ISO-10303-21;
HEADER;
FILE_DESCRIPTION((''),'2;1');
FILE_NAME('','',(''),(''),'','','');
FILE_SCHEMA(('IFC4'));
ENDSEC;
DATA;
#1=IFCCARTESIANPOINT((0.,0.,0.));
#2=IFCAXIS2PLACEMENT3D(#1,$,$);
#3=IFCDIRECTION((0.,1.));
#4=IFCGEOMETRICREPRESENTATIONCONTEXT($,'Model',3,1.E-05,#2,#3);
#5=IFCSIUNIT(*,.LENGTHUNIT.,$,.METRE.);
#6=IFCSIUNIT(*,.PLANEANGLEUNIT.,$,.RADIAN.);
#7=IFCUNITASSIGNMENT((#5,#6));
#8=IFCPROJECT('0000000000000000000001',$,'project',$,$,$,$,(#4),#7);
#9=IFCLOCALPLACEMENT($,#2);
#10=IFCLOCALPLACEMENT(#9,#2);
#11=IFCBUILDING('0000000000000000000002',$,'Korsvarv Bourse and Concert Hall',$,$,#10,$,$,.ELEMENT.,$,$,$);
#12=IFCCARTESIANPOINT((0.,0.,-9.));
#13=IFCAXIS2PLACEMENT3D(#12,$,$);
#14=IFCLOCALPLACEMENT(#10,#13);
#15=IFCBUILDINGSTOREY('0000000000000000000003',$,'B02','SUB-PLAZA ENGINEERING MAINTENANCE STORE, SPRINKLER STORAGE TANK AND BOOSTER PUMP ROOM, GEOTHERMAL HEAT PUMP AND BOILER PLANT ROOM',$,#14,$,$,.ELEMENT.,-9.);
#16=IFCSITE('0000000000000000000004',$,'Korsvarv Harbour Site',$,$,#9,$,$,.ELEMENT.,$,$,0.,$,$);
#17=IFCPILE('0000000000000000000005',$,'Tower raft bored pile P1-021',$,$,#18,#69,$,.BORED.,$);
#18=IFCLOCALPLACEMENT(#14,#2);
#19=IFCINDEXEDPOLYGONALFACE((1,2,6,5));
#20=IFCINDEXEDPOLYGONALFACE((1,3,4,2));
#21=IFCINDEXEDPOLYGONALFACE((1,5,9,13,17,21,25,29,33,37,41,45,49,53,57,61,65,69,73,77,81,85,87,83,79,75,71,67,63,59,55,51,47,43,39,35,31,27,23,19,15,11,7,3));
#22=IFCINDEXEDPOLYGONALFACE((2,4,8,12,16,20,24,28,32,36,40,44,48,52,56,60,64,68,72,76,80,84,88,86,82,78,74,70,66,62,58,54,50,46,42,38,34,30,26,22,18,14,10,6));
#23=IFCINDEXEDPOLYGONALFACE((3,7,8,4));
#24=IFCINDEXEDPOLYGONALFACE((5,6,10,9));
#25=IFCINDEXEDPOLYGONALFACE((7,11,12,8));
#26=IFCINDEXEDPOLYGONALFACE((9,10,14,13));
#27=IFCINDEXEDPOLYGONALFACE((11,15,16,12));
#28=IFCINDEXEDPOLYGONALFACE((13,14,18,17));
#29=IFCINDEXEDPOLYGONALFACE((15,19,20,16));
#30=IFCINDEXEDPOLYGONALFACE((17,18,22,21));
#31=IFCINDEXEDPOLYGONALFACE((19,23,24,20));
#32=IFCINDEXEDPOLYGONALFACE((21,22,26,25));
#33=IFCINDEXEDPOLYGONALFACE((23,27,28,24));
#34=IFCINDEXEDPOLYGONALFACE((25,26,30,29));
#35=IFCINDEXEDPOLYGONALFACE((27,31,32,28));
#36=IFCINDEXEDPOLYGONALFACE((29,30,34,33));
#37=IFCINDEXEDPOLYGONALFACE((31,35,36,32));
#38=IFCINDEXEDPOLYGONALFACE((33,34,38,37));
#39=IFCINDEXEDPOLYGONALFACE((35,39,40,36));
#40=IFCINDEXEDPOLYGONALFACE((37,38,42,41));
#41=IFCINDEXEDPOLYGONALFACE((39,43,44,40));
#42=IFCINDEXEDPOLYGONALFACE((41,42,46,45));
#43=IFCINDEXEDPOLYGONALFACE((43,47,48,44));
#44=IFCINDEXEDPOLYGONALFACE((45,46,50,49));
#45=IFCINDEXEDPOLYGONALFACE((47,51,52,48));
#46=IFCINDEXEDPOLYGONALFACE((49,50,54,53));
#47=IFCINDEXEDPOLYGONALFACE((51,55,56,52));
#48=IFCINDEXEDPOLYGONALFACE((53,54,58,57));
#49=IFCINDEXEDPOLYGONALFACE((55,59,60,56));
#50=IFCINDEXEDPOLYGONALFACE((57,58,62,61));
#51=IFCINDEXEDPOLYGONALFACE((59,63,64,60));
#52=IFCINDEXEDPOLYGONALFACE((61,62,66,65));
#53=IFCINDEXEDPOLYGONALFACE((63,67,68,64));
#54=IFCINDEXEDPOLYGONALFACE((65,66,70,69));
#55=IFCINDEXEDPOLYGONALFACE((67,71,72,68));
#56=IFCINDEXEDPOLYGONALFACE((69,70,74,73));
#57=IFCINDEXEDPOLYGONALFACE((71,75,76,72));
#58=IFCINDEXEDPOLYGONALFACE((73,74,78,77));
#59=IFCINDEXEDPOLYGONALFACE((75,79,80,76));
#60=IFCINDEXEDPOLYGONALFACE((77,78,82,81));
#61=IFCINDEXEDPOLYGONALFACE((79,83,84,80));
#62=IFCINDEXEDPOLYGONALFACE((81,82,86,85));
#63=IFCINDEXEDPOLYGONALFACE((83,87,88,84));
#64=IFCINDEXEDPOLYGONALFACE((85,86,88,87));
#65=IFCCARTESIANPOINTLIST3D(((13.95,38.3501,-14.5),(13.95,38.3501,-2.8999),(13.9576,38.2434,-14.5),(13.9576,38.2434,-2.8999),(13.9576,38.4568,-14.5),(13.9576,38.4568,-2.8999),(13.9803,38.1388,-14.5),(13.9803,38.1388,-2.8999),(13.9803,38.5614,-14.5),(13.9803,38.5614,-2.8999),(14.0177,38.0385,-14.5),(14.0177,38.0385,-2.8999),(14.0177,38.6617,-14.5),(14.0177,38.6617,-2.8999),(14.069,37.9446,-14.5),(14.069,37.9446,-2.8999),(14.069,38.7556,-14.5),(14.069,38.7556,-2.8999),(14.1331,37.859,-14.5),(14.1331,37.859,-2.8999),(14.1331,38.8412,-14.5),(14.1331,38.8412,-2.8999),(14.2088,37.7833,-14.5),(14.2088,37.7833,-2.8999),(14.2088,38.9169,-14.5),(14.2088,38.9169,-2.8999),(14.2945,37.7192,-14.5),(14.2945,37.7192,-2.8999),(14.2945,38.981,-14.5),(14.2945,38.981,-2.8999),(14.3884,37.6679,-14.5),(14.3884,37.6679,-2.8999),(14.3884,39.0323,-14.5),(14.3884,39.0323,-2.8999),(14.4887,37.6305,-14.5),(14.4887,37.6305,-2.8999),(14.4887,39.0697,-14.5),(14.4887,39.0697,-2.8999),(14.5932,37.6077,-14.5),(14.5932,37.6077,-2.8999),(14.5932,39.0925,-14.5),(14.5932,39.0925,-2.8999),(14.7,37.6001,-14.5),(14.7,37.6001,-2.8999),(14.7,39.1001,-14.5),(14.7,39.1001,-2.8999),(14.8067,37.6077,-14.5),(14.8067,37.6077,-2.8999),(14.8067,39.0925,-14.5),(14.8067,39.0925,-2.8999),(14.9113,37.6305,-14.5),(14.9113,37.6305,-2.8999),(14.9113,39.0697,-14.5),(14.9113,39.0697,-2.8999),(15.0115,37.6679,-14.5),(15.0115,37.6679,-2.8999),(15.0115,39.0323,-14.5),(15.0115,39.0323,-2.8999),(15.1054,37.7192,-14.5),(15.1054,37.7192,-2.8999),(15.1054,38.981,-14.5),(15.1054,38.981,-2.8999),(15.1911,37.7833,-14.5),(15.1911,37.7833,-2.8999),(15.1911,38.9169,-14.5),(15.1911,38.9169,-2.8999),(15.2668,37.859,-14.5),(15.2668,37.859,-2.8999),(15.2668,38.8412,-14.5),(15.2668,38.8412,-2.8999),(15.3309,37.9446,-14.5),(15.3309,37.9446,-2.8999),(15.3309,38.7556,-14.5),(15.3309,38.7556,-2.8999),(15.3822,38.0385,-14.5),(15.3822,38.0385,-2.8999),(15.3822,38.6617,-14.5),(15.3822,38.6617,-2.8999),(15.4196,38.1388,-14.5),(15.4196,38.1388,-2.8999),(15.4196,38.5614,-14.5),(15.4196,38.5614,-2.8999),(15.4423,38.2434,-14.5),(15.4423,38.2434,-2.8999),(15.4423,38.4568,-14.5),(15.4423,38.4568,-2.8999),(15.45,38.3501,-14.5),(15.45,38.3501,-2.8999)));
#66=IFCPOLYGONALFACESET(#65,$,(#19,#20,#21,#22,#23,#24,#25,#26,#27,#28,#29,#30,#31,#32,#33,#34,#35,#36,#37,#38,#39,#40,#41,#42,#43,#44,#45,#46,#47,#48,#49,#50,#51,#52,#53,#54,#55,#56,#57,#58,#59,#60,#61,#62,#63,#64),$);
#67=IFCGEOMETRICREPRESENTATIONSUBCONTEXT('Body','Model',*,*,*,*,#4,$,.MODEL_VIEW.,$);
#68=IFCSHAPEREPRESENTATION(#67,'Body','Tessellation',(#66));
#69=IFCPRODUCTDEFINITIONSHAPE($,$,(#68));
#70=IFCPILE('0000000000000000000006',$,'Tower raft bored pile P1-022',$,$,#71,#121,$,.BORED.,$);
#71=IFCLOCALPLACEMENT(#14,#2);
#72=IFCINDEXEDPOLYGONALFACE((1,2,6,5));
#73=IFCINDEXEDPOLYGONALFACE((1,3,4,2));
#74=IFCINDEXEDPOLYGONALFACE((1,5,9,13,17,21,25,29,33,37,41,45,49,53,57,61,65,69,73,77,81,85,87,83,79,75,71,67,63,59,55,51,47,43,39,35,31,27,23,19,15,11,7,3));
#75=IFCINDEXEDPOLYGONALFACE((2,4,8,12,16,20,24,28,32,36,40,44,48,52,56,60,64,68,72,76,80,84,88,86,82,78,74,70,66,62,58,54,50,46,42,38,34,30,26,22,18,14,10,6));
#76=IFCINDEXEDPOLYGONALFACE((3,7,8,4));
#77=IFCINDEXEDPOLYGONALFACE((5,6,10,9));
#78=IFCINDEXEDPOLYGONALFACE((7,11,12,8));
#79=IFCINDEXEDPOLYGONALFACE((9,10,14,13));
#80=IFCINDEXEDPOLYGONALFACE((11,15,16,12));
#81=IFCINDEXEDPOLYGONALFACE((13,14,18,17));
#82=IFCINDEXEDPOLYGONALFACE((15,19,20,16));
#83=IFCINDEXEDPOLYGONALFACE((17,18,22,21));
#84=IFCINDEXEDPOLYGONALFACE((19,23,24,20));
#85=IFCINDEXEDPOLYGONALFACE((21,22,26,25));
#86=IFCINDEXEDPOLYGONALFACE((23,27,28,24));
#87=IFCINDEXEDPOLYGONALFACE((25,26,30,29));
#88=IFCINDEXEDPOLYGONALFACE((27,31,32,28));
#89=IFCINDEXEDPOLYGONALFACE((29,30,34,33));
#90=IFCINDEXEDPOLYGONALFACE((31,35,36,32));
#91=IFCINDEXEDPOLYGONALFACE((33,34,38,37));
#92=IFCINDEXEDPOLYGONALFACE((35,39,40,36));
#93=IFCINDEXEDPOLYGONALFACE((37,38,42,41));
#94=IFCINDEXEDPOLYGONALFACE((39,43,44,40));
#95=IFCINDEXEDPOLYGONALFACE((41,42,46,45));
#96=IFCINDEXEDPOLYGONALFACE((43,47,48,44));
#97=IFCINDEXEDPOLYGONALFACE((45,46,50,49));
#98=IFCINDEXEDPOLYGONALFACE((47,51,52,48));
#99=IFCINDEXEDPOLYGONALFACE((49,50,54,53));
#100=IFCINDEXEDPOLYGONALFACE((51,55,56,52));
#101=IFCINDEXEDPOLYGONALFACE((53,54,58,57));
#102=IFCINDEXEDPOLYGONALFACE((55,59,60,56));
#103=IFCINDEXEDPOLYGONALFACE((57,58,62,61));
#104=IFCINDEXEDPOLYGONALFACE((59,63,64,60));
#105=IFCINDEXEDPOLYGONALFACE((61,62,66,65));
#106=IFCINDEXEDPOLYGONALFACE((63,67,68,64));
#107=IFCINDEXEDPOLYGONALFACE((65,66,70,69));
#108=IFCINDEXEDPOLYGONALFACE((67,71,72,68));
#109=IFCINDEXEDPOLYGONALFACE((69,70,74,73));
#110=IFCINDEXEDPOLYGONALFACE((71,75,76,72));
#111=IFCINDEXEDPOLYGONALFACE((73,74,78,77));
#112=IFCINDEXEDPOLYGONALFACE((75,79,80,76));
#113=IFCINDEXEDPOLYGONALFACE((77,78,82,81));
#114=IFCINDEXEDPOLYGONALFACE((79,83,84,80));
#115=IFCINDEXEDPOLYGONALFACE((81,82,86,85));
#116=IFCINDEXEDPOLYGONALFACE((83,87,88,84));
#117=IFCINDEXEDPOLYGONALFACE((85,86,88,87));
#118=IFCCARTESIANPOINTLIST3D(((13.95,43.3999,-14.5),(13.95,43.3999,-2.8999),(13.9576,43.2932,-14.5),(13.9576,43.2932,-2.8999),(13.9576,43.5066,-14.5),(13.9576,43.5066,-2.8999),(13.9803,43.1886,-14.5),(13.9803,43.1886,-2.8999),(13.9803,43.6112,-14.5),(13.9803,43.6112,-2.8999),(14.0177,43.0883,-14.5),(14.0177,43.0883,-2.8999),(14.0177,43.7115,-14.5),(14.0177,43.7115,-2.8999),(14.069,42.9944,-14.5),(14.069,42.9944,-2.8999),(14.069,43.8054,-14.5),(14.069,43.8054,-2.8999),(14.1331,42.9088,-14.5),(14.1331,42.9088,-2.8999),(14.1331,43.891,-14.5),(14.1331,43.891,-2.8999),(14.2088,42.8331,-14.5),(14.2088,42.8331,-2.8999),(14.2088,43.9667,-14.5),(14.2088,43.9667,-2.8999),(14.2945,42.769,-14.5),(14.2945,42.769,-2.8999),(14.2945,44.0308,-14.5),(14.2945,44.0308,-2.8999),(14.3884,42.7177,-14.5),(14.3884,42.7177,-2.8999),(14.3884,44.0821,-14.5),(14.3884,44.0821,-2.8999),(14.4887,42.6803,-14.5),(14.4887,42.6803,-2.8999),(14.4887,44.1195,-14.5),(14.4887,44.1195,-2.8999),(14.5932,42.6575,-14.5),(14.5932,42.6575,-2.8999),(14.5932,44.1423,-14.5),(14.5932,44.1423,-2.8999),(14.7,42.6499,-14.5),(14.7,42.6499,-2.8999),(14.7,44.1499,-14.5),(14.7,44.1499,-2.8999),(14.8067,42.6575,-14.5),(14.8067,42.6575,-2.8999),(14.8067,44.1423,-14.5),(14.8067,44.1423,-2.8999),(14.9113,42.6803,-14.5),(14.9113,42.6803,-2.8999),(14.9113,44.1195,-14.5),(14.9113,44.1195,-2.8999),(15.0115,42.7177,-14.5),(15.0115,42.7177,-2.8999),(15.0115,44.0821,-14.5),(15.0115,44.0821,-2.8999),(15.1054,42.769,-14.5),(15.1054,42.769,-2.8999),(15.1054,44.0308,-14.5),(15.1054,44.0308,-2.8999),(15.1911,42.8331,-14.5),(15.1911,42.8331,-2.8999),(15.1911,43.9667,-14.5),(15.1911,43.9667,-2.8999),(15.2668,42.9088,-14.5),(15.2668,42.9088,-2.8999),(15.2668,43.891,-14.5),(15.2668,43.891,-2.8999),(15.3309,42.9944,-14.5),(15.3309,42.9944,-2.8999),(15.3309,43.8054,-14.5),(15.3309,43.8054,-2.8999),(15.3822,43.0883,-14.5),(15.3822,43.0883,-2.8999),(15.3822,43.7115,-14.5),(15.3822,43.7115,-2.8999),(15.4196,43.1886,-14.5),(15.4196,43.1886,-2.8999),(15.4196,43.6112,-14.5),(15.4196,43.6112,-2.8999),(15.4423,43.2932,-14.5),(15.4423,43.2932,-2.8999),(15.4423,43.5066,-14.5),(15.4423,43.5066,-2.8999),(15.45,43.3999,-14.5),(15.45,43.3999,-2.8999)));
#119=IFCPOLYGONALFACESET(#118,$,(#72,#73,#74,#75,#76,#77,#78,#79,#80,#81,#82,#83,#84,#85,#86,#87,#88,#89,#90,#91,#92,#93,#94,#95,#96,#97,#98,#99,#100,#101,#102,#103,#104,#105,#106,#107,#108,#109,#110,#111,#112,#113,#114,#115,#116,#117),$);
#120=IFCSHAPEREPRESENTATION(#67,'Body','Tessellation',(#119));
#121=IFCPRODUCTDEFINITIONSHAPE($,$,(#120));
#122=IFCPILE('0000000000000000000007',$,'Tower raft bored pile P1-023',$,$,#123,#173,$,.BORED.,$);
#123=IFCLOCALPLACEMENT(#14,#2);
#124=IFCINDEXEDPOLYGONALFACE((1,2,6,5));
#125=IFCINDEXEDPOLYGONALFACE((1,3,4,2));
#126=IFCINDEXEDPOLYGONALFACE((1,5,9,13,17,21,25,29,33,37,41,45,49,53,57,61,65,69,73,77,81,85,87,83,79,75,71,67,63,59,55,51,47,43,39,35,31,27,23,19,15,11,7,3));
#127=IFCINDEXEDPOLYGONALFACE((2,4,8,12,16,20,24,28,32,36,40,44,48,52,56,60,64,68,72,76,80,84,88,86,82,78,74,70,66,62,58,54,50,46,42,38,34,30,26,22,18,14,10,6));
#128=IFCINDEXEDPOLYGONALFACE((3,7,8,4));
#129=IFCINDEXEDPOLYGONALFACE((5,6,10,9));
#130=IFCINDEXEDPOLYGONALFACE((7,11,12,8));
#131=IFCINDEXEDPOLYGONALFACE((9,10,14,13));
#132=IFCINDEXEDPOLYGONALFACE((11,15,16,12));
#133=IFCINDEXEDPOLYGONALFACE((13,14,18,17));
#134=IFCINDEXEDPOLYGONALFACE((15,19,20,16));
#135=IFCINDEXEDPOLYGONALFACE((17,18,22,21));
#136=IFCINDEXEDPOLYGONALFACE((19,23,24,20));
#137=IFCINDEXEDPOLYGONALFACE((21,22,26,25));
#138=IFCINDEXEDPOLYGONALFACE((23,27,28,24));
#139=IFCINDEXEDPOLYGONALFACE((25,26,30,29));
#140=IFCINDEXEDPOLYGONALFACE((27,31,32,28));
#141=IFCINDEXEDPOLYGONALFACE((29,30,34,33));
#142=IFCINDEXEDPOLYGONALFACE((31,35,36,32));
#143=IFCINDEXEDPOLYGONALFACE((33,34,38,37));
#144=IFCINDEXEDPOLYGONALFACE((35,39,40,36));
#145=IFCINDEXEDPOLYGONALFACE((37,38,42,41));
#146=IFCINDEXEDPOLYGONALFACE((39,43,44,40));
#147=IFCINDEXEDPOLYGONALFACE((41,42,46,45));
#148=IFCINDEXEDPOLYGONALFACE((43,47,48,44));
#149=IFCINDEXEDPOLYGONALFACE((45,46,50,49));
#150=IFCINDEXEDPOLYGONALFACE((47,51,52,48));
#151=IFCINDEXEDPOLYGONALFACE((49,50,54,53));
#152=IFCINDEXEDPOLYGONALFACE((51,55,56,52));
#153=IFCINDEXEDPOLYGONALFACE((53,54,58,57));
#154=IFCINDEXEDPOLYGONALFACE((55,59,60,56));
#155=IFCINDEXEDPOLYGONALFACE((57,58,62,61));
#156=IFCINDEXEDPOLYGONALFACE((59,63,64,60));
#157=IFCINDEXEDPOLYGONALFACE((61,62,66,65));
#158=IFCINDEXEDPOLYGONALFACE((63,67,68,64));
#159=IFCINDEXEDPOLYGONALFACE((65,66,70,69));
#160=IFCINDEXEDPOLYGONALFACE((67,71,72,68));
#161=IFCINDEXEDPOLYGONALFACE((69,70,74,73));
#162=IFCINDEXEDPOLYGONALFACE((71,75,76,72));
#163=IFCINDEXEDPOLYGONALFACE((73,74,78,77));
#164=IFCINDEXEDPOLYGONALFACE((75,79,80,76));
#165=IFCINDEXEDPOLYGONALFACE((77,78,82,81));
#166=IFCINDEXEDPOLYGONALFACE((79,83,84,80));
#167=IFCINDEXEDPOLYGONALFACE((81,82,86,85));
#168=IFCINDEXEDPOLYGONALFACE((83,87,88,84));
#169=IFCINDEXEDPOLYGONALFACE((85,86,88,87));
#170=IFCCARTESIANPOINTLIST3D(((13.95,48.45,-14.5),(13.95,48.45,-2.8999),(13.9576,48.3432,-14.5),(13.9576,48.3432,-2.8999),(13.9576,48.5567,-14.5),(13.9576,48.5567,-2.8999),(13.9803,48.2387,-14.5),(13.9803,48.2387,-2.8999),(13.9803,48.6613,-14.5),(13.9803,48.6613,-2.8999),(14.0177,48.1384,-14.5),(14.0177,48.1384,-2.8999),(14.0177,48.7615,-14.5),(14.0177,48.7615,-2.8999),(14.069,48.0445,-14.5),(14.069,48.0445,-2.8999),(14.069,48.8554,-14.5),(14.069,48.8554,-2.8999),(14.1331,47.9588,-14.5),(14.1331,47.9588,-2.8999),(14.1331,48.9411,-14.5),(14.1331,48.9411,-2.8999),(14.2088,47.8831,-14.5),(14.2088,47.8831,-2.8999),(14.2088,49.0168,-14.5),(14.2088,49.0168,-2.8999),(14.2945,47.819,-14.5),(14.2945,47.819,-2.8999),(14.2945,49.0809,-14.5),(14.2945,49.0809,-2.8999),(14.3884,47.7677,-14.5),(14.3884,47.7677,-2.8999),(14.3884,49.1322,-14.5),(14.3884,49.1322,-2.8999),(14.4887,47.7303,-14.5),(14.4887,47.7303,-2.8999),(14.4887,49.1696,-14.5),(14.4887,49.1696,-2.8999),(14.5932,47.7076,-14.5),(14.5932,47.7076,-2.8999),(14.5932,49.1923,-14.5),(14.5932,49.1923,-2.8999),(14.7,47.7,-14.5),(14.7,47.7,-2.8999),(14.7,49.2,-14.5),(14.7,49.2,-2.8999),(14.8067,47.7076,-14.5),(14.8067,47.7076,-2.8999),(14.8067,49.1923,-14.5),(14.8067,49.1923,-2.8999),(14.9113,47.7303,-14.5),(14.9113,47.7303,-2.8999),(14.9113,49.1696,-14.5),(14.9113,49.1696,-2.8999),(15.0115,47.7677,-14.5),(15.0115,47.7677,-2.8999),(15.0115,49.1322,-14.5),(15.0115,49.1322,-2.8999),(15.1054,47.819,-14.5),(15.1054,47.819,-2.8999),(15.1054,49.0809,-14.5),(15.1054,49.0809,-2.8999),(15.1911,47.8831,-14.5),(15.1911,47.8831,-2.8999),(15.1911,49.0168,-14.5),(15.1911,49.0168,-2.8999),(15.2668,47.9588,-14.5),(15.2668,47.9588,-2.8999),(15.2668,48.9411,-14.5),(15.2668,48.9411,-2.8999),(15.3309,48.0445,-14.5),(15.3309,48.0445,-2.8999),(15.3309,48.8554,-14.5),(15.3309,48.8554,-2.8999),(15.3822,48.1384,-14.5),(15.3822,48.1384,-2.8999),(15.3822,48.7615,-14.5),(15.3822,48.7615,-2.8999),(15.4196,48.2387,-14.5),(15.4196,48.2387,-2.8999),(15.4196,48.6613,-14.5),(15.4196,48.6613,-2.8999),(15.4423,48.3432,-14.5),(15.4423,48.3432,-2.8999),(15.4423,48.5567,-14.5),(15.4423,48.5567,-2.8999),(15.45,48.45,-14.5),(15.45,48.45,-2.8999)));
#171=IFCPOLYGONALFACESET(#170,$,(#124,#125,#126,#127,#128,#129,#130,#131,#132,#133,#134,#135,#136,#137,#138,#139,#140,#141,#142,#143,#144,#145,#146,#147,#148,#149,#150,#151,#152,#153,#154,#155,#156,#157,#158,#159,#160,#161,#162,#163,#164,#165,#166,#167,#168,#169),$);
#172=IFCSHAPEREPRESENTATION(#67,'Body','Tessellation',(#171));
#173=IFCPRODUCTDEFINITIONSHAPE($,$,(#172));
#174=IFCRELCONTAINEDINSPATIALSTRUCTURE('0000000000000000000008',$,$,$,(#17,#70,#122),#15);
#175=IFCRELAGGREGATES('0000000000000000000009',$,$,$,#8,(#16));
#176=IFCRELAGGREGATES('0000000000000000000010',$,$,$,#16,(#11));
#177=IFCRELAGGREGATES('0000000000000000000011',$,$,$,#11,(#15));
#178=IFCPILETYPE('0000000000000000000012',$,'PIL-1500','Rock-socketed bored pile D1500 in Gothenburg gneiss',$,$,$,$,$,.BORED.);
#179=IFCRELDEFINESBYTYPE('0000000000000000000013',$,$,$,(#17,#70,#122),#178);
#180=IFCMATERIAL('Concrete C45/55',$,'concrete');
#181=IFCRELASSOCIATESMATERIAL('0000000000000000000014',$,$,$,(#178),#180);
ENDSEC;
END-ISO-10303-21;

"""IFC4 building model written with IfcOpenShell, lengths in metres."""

from ifc_helpers import new_model, si_unit, direction, frame, origin, origin_2d, place, context, subcontext, project, spatial, circle, extrude, source, transform, mapped, material, material_profile, profile_set, type_object, element, save


model = new_model("IFC4")

# Units and contexts
model_context = context("Model", 3, precision=1e-05, world=origin(), true_north=direction((0.0, 1.0)))
body_context = subcontext(model_context, "Body", "Model", "MODEL_VIEW")
ifc_project = project(units=[si_unit("LENGTHUNIT", "METRE"), si_unit("PLANEANGLEUNIT", "RADIAN")], contexts=[model_context])

# Site, building, storey
site_placement = place(None, origin())
site = spatial("IfcSite", under=ifc_project, at=site_placement, Name="Korsvarv Harbour Site", CompositionType="ELEMENT", RefElevation=0.0)
building_placement = place(site_placement, origin())
building = spatial("IfcBuilding", under=site, at=building_placement, Name="Korsvarv Bourse and Concert Hall", CompositionType="ELEMENT")
storey_placement = place(building_placement, frame((0.0, 0.0, -9.0)))
storey = spatial("IfcBuildingStorey", under=building, at=storey_placement, Name="B02", Description="SUB-PLAZA ENGINEERING MAINTENANCE STORE, SPRINKLER STORAGE TANK AND BOOSTER PUMP ROOM, GEOTHERMAL HEAT PUMP AND BOILER PLANT ROOM", CompositionType="ELEMENT", Elevation=-9.0)

# Piles
ifc_material_1 = material(Name="Concrete C45/55", Category="concrete")
ifc_material_profile_1 = material_profile(ifc_material_1, circle(Radius=0.75, at=origin_2d()), Name="PILE D1500")
ifc_profile_set_1 = profile_set([ifc_material_profile_1], Name="Concrete C45/55")
pile_type = type_object("IfcPileType", Name="PIL-1500", Description="Rock-socketed bored pile D1500 in Gothenburg gneiss", PredefinedType="BORED", material=ifc_profile_set_1)
shared_shape_1 = source(origin(), body_context, "Body", "SweptSolid", [
    extrude(circle(Radius=0.75, at=origin_2d()), origin(), (0.0, 0.0, 1.0), 11.6001),
])
for number, where, z_axis, x_axis, name in (
    (1, (14.7, 38.3501, -2.8999), (0.0, 0.0, -1.0), (1.0, 0.0, 0.0), "Tower raft bored pile P1-021"),
    (2, (14.7, 43.3999, -2.8999), (0.0, 0.0, -1.0), (1.0, 0.0, 0.0), "Tower raft bored pile P1-022"),
    (3, (14.7, 48.45, -2.8999), (0.0, 0.0, -1.0), (1.0, 0.0, 0.0), "Tower raft bored pile P1-023"),
):
    element("IfcPile", number, at=place(storey_placement, frame(where, z_axis=z_axis, x_axis=x_axis)), inside=storey, type_object=pile_type, Name=name, PredefinedType="BORED", context=body_context, shape_type="MappedRepresentation", body=[
        mapped(shared_shape_1, transform((0.0, 0.0, 0.0), scale=1.0)),
    ])

save(model, "model.ifc")
